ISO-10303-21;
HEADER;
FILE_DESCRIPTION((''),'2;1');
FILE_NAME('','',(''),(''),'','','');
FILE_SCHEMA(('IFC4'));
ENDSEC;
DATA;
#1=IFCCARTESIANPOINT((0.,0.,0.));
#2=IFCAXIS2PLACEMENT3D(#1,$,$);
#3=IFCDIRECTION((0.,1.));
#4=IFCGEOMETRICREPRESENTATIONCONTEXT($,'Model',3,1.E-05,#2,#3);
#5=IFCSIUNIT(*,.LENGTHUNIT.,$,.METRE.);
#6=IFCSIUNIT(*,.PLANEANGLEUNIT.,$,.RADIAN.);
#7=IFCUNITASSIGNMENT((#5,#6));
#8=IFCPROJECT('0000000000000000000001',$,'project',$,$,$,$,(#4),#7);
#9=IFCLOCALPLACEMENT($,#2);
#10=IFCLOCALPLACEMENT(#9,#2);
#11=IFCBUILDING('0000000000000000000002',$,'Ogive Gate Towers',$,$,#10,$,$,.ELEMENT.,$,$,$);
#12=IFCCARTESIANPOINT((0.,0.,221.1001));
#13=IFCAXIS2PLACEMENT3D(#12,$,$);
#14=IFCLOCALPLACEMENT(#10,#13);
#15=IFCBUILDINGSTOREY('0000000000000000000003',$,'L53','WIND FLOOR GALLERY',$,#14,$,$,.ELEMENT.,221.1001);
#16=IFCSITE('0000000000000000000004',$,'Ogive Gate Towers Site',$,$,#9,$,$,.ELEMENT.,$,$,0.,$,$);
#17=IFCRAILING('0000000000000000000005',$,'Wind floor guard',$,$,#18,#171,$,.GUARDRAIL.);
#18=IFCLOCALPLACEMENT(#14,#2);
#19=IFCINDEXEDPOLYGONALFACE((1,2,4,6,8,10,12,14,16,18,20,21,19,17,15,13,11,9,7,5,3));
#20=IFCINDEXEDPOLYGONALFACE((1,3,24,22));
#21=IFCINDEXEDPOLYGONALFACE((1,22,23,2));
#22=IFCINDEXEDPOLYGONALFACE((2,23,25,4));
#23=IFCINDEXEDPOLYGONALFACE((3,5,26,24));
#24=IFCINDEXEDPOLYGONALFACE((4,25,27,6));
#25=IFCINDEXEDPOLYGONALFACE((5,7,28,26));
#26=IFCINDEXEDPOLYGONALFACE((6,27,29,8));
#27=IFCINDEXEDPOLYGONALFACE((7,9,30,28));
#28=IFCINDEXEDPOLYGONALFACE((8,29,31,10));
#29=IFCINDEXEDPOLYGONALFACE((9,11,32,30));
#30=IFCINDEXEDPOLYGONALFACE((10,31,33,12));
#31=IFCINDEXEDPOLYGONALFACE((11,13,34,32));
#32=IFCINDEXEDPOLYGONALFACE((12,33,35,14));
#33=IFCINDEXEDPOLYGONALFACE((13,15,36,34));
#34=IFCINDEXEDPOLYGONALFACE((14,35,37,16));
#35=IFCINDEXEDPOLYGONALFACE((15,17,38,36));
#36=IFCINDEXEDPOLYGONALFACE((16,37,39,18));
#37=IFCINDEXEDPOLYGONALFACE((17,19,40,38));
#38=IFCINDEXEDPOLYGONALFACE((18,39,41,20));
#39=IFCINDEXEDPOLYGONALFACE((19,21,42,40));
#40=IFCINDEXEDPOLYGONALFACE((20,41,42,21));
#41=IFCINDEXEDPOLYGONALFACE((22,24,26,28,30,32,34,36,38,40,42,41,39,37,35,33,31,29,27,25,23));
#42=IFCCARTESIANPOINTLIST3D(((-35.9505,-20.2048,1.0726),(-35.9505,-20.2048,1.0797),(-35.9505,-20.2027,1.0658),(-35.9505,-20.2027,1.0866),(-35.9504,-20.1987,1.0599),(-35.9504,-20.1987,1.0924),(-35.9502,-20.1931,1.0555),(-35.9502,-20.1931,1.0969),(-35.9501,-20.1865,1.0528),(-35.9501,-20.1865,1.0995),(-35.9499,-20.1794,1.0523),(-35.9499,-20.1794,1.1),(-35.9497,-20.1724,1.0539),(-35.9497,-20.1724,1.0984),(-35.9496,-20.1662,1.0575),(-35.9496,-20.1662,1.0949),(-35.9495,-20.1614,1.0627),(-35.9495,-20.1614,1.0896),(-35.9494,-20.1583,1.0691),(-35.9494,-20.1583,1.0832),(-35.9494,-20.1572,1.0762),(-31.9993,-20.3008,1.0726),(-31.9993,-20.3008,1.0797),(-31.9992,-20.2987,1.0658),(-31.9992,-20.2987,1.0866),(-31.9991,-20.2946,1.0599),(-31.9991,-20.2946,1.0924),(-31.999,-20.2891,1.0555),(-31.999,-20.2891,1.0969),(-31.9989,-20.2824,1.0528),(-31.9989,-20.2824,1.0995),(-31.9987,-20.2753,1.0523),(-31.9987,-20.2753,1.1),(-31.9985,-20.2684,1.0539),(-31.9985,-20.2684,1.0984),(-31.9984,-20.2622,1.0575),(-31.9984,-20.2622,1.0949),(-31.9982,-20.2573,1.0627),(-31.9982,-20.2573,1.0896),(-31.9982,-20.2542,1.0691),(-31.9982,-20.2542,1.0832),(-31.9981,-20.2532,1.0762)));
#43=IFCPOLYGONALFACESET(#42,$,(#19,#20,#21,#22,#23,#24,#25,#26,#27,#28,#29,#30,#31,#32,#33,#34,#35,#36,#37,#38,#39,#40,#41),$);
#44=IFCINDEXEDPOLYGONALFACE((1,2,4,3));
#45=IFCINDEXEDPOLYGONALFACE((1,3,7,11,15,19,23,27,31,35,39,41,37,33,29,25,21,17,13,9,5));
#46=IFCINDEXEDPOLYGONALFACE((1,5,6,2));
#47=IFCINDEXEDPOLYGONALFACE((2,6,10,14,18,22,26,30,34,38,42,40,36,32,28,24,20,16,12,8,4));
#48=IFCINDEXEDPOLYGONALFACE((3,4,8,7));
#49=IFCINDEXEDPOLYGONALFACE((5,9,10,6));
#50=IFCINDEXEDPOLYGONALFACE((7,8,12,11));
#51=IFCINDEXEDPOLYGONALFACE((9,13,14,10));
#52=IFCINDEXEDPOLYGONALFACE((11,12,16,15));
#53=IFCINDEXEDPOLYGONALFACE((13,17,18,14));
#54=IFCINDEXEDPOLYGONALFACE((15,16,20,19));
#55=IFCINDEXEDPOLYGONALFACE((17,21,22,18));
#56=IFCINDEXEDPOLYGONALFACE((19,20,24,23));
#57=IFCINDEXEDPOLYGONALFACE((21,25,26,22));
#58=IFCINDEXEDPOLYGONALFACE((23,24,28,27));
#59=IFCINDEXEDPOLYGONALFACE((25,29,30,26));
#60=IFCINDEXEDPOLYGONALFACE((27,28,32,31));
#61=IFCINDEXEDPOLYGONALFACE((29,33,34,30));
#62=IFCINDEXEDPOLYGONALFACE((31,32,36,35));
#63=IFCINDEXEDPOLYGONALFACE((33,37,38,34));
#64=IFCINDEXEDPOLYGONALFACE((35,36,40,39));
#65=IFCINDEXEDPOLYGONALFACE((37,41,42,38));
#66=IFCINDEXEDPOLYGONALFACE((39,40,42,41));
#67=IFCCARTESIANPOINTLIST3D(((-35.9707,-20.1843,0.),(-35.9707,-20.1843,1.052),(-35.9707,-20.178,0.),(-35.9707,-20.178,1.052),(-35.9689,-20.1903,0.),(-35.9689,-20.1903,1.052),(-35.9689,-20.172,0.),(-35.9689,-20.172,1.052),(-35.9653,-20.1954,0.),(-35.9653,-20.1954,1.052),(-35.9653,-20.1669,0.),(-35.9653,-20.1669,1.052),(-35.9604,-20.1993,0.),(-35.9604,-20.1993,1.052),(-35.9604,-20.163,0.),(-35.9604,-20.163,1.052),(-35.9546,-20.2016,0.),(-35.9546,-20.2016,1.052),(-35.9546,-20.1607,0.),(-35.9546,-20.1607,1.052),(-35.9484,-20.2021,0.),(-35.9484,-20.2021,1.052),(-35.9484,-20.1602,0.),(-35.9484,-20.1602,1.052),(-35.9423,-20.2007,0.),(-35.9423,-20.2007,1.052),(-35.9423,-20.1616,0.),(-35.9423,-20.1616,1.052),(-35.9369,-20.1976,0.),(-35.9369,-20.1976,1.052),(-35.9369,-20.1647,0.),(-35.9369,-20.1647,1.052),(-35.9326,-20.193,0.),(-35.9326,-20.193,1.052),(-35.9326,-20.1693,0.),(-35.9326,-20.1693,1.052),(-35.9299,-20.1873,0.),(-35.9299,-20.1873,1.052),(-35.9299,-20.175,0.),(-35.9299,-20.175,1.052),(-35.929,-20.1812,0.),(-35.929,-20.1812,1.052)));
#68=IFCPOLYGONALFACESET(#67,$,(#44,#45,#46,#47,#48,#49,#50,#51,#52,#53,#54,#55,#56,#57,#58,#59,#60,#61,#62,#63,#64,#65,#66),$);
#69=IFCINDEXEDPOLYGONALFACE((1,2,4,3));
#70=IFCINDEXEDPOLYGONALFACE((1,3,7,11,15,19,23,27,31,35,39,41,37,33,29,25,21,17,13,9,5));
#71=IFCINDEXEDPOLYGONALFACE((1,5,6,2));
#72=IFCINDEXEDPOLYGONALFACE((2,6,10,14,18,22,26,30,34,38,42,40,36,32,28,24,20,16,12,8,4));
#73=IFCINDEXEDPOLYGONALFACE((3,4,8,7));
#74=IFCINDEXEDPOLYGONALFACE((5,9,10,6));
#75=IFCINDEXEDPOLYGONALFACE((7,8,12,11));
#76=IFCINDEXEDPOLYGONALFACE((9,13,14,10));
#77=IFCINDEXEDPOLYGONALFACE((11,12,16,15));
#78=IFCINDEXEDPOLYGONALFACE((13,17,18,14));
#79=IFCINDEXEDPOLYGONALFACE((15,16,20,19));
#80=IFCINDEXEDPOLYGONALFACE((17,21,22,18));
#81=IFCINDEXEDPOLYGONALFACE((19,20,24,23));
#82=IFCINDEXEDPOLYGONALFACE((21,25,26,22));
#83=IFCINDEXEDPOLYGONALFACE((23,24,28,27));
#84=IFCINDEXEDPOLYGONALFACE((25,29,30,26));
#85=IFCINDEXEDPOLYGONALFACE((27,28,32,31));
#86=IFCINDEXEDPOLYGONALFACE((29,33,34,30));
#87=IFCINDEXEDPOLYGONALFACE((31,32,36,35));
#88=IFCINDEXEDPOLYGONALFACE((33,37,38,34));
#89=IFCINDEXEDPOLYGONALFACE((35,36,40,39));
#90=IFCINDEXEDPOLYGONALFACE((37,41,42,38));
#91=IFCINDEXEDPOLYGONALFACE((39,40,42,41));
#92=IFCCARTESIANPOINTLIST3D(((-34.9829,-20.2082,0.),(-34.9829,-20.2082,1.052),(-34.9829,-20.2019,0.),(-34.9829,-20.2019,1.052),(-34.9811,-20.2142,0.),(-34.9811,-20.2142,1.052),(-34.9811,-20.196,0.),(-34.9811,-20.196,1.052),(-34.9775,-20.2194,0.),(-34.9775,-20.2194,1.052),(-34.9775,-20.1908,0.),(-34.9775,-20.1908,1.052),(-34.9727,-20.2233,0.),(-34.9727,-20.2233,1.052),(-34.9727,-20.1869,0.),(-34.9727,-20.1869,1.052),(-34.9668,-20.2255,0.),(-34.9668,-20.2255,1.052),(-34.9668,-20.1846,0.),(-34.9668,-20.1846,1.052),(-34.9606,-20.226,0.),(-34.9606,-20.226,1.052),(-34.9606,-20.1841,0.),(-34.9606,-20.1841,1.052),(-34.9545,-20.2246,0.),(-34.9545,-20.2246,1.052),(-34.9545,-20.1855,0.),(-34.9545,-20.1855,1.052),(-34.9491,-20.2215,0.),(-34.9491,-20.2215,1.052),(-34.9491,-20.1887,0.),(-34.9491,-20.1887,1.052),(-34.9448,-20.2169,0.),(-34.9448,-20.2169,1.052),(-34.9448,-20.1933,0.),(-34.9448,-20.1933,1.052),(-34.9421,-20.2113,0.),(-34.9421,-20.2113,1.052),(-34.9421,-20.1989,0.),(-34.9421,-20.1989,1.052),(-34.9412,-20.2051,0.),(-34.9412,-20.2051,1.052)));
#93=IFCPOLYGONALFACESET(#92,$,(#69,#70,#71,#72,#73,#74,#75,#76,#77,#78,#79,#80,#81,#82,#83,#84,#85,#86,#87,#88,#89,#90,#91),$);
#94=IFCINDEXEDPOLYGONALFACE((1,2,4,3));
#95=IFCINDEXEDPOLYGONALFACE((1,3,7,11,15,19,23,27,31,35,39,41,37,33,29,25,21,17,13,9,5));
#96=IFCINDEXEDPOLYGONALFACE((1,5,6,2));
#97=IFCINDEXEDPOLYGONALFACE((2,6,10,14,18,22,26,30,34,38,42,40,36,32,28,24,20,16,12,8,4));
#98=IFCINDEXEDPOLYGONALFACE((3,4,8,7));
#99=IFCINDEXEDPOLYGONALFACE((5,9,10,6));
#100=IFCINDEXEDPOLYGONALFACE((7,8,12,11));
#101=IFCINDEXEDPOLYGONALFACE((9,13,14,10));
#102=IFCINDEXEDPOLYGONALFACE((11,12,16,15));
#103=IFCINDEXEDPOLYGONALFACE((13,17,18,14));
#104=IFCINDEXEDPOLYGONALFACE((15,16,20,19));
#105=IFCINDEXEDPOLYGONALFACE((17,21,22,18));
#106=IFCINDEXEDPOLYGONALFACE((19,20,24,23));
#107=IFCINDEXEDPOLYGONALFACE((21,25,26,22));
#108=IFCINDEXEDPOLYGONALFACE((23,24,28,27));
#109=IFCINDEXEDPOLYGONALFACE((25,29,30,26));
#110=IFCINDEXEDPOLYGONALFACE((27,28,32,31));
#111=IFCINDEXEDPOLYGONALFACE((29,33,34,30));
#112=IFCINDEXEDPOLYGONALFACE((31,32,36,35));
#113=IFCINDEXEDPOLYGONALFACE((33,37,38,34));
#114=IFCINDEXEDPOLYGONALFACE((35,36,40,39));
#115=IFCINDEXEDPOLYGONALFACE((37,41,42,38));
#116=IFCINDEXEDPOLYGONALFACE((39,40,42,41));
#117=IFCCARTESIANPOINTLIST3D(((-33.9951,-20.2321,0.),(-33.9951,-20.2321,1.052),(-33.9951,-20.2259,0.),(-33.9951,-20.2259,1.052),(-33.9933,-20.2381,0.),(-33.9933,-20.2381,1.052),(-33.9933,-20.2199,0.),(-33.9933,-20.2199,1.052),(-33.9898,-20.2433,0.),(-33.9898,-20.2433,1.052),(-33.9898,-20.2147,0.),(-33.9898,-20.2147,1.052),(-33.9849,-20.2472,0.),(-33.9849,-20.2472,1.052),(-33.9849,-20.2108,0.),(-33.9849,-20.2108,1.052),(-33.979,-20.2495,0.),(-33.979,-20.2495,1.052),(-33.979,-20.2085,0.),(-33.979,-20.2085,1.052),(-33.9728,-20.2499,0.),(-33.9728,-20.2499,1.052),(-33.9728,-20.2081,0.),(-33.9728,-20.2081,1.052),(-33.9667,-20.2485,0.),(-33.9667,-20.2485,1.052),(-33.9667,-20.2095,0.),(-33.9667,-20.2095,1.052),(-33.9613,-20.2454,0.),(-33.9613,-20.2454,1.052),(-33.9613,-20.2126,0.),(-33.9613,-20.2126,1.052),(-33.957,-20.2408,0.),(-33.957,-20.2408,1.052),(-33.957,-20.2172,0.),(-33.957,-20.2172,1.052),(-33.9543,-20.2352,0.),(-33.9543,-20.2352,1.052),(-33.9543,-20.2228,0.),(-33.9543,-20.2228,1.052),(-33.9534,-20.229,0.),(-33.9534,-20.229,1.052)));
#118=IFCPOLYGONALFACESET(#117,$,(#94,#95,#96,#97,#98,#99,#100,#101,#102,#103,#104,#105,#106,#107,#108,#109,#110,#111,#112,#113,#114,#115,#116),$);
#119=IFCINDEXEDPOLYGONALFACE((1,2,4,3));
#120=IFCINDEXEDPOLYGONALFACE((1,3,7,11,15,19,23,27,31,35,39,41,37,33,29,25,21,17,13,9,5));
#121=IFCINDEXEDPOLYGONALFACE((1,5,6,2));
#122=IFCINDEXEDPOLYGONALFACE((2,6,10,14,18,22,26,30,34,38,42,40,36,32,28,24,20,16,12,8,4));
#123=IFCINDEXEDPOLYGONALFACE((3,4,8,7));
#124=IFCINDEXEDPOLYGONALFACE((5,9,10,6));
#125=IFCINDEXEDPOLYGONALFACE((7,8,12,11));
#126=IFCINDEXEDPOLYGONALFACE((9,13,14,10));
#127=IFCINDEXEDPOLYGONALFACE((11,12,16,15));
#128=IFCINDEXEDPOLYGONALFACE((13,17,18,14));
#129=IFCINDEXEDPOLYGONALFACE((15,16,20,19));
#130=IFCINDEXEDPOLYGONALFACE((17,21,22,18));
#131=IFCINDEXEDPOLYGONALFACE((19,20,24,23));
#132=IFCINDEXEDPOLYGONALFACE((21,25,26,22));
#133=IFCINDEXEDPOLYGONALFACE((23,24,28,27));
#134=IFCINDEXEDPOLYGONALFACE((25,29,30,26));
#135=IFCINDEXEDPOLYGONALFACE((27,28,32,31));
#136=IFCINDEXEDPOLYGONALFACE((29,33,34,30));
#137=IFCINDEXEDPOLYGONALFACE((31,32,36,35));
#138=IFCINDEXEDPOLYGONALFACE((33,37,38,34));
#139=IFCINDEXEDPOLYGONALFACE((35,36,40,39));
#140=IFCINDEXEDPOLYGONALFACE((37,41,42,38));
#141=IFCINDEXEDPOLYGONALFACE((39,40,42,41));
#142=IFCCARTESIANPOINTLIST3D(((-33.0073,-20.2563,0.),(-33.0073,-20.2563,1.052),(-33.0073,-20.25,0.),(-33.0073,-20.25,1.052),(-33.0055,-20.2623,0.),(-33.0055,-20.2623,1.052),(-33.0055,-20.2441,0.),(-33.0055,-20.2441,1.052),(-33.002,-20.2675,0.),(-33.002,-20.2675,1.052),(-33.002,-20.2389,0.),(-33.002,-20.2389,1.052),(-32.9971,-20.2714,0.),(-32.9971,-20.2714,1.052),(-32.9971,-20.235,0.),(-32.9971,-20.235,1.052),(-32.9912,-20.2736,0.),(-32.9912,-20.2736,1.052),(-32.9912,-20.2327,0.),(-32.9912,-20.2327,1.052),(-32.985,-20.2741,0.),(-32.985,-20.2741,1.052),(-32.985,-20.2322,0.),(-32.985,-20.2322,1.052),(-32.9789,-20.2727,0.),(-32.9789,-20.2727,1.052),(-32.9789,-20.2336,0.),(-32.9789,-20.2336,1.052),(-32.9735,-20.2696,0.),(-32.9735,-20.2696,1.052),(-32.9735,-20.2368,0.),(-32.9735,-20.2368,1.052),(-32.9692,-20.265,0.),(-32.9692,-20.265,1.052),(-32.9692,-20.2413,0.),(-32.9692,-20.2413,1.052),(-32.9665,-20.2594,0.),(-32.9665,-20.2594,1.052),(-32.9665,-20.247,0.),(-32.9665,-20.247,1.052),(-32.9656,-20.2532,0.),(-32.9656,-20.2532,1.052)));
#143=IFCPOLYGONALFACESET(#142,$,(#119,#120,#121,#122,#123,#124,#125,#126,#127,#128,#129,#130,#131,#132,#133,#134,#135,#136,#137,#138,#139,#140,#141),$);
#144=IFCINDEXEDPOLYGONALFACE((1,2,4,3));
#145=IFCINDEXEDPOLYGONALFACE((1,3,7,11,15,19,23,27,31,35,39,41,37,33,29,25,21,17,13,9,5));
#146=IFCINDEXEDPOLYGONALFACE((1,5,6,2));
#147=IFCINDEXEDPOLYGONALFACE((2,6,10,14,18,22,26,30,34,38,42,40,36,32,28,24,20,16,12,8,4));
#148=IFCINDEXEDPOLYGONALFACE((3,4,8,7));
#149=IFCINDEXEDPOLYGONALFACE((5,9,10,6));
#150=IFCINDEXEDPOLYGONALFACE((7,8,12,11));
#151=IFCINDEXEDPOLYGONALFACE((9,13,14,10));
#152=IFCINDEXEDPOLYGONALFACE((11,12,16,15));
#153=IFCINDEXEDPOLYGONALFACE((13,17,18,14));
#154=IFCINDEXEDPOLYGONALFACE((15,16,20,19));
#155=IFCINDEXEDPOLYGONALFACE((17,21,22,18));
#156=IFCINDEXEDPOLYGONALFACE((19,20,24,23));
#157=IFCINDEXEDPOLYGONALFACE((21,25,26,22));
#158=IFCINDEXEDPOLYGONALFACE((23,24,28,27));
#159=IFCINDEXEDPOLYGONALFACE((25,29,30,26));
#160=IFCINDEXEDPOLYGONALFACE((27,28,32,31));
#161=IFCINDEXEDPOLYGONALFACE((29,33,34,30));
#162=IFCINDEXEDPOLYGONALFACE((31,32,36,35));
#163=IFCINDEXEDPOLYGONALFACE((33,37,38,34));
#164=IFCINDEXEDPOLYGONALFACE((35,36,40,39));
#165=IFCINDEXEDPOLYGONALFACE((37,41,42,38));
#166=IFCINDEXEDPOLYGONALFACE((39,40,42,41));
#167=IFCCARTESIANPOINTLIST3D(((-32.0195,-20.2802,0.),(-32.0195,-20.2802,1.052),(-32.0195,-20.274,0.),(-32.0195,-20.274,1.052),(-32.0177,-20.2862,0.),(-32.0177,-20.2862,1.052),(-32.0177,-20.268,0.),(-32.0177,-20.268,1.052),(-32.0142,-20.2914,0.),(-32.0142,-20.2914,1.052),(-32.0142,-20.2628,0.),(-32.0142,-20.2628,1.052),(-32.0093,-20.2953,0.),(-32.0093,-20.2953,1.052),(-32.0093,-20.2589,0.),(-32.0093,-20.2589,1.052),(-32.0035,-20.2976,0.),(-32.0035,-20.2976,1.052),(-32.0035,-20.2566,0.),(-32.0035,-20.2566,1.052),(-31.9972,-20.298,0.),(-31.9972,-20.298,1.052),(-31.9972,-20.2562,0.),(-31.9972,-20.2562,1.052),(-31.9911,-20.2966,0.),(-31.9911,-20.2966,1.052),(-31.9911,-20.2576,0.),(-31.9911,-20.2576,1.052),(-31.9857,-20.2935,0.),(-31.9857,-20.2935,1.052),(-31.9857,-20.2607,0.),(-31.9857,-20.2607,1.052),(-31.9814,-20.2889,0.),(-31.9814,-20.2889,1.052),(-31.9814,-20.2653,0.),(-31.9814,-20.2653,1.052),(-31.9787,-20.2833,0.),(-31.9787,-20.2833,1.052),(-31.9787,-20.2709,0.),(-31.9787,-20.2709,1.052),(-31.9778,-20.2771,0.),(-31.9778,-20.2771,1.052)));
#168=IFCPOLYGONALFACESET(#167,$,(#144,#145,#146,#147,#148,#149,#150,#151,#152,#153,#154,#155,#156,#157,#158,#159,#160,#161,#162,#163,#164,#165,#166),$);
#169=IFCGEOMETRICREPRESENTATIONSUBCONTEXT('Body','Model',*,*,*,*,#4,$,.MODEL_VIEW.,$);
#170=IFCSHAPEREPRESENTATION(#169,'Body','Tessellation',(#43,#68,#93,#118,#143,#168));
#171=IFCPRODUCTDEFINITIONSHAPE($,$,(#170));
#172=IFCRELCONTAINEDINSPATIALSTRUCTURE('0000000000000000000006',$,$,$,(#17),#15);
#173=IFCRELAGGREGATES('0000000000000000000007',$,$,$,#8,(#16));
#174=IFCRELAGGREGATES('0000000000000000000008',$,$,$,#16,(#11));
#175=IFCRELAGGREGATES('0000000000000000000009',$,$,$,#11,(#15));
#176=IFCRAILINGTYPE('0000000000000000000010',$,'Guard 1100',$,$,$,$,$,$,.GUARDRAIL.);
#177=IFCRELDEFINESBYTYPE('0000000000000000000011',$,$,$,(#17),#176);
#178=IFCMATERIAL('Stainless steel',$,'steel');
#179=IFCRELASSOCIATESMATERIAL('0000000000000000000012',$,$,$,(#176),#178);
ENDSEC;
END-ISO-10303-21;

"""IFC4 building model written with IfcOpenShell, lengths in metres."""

from ifc_helpers import new_model, si_unit, direction, frame, origin, origin_2d, place, context, subcontext, project, spatial, circle, extrude, material, type_object, element, save


model = new_model("IFC4")

# Units and contexts
model_context = context("Model", 3, precision=1e-05, world=origin(), true_north=direction((0.0, 1.0)))
body_context = subcontext(model_context, "Body", "Model", "MODEL_VIEW")
ifc_project = project(units=[si_unit("LENGTHUNIT", "METRE"), si_unit("PLANEANGLEUNIT", "RADIAN")], contexts=[model_context])

# Site, building, storey
site_placement = place(None, origin())
site = spatial("IfcSite", under=ifc_project, at=site_placement, Name="Ogive Gate Towers Site", CompositionType="ELEMENT", RefElevation=0.0)
building_placement = place(site_placement, origin())
building = spatial("IfcBuilding", under=site, at=building_placement, Name="Ogive Gate Towers", CompositionType="ELEMENT")
storey_placement = place(building_placement, frame((0.0, 0.0, 221.1001)))
storey = spatial("IfcBuildingStorey", under=building, at=storey_placement, Name="L53", Description="WIND FLOOR GALLERY", CompositionType="ELEMENT", Elevation=221.1001)

# Railing
ifc_material_1 = material(Name="Stainless steel", Category="steel")
railing_type_1 = type_object("IfcRailingType", Name="Guard 1100", PredefinedType="GUARDRAIL", material=ifc_material_1)
railing_1_placement = place(storey_placement, frame((-35.95, -20.1812, 0.0)))
element("IfcRailing", 1, at=railing_1_placement, inside=storey, type_object=railing_type_1, Name="Wind floor guard", PredefinedType="GUARDRAIL", context=body_context, shape_type="SweptSolid", body=[
    extrude(circle(Radius=0.0239, at=origin_2d()), frame((0.0, 0.0, 1.0762), z_axis=(0.999705, -0.024276, 0.0), x_axis=(0.024276, 0.999705, 0.0)), (0.0, 0.0, 1.0), 3.9524),
    extrude(circle(Radius=0.021, at=origin_2d()), origin(), (0.0, 0.0, 1.0), 1.052),
    extrude(circle(Radius=0.021, at=origin_2d()), frame((0.9878, -0.0239, 0.0)), (0.0, 0.0, 1.0), 1.052),
    extrude(circle(Radius=0.021, at=origin_2d()), frame((1.9756, -0.0479, 0.0)), (0.0, 0.0, 1.0), 1.052),
    extrude(circle(Radius=0.021, at=origin_2d()), frame((2.9634, -0.072, 0.0)), (0.0, 0.0, 1.0), 1.052),
    extrude(circle(Radius=0.021, at=origin_2d()), frame((3.9512, -0.0959, 0.0)), (0.0, 0.0, 1.0), 1.052),
])

save(model, "model.ifc")
